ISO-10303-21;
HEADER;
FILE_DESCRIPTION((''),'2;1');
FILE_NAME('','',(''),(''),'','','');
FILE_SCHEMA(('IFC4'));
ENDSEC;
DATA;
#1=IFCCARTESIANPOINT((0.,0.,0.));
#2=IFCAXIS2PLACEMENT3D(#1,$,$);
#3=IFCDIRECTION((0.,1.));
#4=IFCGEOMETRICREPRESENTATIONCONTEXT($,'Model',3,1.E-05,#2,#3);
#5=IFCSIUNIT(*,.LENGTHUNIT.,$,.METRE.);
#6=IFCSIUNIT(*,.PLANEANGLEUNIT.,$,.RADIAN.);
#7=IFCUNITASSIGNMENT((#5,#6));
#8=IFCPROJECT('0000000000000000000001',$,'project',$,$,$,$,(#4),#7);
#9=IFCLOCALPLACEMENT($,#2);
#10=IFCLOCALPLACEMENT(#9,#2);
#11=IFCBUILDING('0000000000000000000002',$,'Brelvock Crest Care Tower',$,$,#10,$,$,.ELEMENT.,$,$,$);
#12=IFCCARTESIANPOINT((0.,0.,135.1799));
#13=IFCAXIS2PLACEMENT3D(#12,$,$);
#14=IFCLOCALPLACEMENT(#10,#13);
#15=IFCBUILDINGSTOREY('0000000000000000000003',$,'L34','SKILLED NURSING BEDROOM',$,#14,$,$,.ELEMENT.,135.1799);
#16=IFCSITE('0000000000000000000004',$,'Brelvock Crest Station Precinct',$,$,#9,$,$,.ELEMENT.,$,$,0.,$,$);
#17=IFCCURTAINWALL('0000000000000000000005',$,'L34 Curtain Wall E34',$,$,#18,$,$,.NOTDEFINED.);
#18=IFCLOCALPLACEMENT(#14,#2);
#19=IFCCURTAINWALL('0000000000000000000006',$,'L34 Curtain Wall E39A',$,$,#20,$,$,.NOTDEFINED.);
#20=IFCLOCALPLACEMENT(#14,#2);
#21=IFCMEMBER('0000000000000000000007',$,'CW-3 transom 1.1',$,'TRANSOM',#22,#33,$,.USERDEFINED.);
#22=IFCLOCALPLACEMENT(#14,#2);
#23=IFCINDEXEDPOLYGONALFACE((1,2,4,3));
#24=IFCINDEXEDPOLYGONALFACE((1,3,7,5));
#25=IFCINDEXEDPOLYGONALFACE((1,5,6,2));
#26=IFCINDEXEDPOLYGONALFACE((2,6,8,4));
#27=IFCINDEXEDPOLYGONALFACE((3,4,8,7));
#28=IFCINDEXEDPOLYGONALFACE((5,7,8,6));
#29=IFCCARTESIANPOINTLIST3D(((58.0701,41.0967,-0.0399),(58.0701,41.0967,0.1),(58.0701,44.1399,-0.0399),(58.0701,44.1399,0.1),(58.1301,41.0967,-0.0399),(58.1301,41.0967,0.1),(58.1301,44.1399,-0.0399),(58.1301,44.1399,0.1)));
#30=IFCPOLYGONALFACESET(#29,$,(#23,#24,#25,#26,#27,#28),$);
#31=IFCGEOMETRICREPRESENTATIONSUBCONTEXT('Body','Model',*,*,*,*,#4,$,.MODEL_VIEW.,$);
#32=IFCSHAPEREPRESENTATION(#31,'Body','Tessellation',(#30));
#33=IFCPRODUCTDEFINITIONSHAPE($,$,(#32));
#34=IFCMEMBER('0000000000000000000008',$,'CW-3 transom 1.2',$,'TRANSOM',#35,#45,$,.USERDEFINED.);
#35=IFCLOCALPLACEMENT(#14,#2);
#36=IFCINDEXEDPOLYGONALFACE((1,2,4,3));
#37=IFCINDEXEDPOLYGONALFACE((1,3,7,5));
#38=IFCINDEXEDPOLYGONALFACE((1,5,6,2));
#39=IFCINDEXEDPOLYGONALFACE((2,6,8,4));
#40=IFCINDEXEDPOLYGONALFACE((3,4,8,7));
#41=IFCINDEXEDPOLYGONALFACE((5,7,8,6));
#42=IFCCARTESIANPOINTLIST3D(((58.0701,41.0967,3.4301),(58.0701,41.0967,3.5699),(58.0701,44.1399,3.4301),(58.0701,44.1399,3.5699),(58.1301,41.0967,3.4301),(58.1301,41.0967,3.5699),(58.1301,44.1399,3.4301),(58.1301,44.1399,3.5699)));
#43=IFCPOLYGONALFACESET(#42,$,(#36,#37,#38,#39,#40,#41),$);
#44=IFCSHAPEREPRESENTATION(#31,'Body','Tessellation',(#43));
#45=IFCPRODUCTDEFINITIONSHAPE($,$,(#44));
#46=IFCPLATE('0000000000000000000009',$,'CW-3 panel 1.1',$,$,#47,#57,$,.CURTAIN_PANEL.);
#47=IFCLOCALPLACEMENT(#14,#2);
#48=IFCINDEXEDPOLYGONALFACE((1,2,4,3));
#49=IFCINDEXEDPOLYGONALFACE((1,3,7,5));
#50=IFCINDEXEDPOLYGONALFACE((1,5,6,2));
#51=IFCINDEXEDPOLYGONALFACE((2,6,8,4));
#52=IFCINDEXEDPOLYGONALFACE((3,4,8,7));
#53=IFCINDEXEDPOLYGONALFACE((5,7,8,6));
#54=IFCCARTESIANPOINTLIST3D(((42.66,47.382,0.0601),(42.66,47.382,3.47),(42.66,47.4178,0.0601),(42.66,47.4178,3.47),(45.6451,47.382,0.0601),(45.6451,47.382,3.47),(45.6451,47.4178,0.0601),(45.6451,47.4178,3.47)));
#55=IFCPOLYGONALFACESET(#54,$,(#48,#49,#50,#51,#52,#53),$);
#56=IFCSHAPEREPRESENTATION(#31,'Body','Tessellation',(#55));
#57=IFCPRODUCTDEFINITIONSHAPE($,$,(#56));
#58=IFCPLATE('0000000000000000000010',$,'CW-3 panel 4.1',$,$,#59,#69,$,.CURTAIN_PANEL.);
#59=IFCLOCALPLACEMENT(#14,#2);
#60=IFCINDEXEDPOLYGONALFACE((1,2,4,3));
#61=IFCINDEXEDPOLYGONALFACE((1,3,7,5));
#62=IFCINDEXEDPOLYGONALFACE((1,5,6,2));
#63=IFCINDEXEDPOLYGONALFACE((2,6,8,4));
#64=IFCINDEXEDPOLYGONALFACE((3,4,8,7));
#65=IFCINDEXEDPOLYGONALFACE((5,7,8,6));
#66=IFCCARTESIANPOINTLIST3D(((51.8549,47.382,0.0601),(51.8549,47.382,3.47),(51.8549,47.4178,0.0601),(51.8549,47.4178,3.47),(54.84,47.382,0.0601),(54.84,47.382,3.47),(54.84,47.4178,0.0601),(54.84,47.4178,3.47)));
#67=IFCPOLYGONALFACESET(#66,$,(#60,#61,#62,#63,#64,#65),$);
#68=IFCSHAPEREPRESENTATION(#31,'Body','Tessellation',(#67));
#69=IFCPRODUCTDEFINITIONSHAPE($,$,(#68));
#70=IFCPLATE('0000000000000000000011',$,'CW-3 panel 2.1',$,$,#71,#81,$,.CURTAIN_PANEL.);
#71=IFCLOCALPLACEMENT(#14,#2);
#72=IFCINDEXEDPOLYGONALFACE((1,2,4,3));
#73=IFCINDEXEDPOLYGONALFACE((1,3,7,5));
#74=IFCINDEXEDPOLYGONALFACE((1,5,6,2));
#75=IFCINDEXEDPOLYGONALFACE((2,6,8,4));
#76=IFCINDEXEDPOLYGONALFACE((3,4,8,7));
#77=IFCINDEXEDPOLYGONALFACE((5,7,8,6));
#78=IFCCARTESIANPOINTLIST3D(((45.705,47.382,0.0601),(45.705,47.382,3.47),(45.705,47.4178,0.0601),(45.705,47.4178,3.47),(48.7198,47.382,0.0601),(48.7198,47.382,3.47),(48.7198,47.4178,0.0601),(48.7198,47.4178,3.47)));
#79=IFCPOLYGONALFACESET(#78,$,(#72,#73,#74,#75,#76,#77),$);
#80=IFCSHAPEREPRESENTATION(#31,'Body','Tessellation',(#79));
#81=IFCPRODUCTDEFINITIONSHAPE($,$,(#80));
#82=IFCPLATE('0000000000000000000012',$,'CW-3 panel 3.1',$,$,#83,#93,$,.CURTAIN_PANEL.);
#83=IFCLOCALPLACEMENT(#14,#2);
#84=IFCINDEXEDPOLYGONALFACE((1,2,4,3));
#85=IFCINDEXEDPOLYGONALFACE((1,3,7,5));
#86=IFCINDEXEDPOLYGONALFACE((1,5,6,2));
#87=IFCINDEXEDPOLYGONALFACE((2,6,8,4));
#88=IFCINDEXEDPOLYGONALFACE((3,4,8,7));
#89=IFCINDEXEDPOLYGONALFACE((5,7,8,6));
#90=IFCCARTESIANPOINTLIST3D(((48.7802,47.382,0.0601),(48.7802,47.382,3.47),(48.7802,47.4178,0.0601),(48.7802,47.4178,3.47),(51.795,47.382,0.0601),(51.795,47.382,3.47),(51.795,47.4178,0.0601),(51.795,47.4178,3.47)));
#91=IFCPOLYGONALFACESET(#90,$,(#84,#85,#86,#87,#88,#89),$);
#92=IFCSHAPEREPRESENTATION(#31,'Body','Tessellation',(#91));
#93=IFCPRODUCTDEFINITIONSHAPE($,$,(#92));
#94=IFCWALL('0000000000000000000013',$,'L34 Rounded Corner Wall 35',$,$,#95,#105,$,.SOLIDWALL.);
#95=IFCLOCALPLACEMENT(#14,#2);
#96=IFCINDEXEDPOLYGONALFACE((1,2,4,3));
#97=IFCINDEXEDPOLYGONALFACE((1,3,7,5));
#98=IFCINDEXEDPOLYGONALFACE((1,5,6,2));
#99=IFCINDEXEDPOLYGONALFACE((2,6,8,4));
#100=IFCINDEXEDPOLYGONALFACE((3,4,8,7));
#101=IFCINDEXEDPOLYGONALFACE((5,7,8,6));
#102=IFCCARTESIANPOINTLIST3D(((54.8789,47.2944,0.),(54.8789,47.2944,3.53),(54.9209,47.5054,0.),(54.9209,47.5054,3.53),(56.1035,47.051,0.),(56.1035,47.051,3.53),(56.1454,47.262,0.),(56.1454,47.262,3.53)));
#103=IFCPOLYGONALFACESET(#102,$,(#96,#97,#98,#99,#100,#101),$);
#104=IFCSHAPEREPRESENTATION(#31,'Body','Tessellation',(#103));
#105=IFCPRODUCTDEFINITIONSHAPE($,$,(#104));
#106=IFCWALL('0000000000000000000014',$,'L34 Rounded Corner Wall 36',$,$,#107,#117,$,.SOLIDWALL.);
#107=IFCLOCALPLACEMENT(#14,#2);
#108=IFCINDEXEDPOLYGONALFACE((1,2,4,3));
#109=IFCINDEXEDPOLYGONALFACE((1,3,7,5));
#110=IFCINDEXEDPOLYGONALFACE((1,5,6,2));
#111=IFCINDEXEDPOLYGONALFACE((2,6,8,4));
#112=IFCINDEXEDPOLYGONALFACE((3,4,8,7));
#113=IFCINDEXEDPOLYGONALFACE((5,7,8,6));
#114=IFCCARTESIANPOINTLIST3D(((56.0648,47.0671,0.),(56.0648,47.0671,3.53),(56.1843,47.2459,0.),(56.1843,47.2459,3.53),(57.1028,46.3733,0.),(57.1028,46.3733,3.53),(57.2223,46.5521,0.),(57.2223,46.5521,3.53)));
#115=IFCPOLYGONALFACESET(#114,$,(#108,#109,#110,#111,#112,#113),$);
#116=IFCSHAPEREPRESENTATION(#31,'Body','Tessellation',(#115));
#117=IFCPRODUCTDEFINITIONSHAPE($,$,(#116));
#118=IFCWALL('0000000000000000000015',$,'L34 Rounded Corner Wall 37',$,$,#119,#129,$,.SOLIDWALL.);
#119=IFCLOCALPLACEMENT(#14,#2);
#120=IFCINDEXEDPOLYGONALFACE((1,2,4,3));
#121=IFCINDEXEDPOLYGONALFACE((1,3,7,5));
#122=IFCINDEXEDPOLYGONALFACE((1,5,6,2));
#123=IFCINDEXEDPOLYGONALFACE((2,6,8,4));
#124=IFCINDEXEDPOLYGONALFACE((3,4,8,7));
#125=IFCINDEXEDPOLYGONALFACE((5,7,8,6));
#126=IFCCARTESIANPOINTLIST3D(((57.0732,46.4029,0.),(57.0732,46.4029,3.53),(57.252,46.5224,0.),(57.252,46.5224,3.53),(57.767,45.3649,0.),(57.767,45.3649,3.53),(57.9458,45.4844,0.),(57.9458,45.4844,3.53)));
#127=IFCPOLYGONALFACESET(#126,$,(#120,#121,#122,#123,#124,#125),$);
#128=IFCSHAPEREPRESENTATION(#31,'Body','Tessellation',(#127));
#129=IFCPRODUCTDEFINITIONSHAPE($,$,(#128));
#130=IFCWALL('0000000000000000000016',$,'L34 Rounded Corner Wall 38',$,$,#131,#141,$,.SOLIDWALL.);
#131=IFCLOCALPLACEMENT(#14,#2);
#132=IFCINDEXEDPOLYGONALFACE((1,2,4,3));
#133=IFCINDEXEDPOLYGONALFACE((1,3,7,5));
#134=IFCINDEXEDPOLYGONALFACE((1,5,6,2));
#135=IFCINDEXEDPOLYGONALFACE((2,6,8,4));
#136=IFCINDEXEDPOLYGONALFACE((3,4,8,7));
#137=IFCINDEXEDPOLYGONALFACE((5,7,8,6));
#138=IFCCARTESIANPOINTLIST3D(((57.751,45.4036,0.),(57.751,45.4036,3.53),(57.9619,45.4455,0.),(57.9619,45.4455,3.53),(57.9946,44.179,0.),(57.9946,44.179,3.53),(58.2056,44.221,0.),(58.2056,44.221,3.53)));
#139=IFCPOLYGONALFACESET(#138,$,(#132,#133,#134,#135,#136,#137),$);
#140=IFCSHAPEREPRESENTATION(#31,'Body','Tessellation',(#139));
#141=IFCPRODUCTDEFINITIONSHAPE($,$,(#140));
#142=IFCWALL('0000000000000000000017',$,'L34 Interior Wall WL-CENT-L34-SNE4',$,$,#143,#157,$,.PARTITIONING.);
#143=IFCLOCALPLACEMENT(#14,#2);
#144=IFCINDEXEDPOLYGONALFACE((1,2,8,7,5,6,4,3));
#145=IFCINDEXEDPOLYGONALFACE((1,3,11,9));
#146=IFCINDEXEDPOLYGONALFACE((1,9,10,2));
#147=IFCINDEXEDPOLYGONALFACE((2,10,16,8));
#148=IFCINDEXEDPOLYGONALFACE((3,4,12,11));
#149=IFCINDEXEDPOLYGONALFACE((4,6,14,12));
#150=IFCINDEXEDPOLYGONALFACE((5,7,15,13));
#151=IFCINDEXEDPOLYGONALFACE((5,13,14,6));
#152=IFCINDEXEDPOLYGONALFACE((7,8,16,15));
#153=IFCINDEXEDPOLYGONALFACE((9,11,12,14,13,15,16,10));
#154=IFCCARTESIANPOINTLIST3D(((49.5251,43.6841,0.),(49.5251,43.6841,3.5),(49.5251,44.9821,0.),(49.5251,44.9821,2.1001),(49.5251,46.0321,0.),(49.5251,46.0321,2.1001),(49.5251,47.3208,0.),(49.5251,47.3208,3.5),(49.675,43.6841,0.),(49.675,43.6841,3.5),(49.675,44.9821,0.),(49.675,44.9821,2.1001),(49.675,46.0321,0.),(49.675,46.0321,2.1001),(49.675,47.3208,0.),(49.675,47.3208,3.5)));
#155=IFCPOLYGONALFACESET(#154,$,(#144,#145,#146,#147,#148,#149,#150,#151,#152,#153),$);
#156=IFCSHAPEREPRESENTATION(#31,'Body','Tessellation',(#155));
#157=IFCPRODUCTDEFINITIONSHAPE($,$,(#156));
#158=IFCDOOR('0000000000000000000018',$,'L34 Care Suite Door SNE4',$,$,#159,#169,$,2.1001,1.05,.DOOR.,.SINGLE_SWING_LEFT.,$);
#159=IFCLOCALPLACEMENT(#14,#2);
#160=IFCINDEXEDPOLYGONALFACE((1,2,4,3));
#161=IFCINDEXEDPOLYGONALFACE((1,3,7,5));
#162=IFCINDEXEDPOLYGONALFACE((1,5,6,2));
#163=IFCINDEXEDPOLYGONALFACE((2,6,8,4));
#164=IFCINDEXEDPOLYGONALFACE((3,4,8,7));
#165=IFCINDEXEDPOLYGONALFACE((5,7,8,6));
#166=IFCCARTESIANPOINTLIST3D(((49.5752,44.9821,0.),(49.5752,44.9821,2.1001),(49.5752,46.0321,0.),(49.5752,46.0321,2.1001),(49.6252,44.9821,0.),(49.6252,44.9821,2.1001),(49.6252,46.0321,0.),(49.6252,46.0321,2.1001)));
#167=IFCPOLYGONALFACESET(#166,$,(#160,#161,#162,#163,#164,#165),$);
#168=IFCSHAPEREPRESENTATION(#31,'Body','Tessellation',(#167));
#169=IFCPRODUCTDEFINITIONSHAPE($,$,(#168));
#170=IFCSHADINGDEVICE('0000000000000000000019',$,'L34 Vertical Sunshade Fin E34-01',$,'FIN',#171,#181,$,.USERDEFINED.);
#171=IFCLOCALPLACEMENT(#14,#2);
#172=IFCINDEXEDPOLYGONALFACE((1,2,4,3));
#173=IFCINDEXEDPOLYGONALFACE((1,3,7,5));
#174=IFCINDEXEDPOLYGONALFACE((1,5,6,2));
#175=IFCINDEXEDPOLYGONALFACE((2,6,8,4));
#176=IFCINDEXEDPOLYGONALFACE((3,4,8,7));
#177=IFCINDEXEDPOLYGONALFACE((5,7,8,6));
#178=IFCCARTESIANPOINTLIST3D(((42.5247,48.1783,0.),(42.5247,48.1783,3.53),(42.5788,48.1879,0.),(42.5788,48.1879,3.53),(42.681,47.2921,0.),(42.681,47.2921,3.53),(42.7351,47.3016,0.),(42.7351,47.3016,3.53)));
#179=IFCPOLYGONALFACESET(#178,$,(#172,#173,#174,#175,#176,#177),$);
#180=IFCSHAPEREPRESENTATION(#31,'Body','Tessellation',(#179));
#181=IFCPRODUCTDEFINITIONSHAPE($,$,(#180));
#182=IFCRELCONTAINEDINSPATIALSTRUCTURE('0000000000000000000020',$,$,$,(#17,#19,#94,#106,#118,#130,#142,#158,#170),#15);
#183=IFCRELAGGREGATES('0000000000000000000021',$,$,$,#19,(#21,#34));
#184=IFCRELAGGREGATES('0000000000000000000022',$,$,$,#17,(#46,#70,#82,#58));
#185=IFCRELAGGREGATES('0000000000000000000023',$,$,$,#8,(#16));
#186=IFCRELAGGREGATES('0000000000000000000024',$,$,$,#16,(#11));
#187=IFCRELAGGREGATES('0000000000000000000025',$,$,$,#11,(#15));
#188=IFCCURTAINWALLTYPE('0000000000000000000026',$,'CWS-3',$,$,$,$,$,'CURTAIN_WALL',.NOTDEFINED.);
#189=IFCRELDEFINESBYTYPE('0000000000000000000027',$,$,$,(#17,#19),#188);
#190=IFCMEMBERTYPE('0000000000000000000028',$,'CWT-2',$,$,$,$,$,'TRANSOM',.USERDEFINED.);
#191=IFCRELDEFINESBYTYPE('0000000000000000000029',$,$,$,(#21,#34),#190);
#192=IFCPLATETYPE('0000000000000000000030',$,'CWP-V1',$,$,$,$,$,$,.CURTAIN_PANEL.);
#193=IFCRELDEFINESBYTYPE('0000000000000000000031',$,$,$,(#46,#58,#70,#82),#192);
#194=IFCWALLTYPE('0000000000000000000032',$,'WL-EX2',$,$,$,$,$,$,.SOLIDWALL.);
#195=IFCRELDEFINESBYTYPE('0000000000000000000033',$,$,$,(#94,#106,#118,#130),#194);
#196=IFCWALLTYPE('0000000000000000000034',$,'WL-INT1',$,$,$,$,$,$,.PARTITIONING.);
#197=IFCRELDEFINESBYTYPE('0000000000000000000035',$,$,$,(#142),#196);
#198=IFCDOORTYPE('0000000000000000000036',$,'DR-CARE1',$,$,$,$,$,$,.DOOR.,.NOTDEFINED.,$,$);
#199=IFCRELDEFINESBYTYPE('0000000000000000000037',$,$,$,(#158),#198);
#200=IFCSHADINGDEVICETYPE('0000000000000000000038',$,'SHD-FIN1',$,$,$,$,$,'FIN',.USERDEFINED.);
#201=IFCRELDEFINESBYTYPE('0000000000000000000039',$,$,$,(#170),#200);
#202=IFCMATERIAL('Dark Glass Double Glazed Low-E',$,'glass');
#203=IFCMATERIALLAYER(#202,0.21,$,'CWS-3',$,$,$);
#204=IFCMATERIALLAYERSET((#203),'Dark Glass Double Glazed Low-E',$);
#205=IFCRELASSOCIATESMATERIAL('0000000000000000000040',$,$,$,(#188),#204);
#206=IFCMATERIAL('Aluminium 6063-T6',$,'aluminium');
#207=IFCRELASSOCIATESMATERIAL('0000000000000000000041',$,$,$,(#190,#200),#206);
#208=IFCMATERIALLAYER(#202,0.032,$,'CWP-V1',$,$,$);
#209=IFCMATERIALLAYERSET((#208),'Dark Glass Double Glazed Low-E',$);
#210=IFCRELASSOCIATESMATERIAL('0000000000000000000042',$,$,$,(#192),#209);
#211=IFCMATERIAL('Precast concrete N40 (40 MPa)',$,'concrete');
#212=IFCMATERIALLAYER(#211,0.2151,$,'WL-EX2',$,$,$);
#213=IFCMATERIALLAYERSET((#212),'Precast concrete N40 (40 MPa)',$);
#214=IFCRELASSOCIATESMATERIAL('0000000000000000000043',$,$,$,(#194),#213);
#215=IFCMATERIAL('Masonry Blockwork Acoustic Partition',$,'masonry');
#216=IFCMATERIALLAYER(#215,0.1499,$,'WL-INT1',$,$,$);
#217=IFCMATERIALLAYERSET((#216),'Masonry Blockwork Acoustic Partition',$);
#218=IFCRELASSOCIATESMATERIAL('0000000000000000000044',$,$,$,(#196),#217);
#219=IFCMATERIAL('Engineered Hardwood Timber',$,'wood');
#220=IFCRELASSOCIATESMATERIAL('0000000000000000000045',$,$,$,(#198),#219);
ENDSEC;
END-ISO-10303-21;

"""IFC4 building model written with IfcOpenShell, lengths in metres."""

from ifc_helpers import new_model, si_unit, direction, frame, frame_2d, origin, origin_2d, place, context, subcontext, project, spatial, rectangle, extrude, source, transform, mapped, material, layer, layer_set, material_profile, profile_set, type_object, element, fill, aggregate, save


model = new_model("IFC4")

# Units and contexts
model_context = context("Model", 3, precision=1e-05, world=origin(), true_north=direction((0.0, 1.0)))
body_context = subcontext(model_context, "Body", "Model", "MODEL_VIEW")
ifc_project = project(units=[si_unit("LENGTHUNIT", "METRE"), si_unit("PLANEANGLEUNIT", "RADIAN")], contexts=[model_context])

# Site, building, storey
site_placement = place(None, origin())
site = spatial("IfcSite", under=ifc_project, at=site_placement, Name="Brelvock Crest Station Precinct", CompositionType="ELEMENT", RefElevation=0.0)
building_placement = place(site_placement, origin())
building = spatial("IfcBuilding", under=site, at=building_placement, Name="Brelvock Crest Care Tower", CompositionType="ELEMENT")
storey_placement = place(building_placement, frame((0.0, 0.0, 135.1799)))
storey = spatial("IfcBuildingStorey", under=building, at=storey_placement, Name="L34", Description="SKILLED NURSING BEDROOM", CompositionType="ELEMENT", Elevation=135.1799)

# Curtain wall
ifc_material_1 = material(Name="Dark Glass Double Glazed Low-E", Category="glass")
ifc_layer_1 = layer(ifc_material_1, 0.21, Name="CWS-3")
ifc_layer_set_1 = layer_set([ifc_layer_1], Name="Dark Glass Double Glazed Low-E")
curtain_wall_type = type_object("IfcCurtainWallType", Name="CWS-3", ElementType="CURTAIN_WALL", PredefinedType="NOTDEFINED", material=ifc_layer_set_1)
curtain_wall_1_placement = place(storey_placement, origin())
curtain_wall_1 = element("IfcCurtainWall", 1, at=curtain_wall_1_placement, inside=storey, type_object=curtain_wall_type, Name="L34 Curtain Wall E34", PredefinedType="NOTDEFINED")
ifc_material_2 = material(Name="Aluminium 6063-T6", Category="aluminium")

# Curtain wall
curtain_wall_2_placement = place(storey_placement, origin())
curtain_wall_2 = element("IfcCurtainWall", 2, at=curtain_wall_2_placement, inside=storey, type_object=curtain_wall_type, Name="L34 Curtain Wall E39A", PredefinedType="NOTDEFINED")

# Members
ifc_material_profile_1 = material_profile(ifc_material_2, rectangle(XDim=0.0601, YDim=0.1399, at=origin_2d()), Name="ALU60x140")
ifc_profile_set_1 = profile_set([ifc_material_profile_1], Name="Aluminium 6063-T6")
member_type_1 = type_object("IfcMemberType", Name="CWT-2", ElementType="TRANSOM", PredefinedType="USERDEFINED", material=ifc_profile_set_1)
shared_shape_1 = source(origin(), body_context, "Body", "SweptSolid", [
    extrude(rectangle(XDim=0.0601, YDim=0.1399, at=origin_2d()), origin(), (0.0, 0.0, 1.0), 3.0432),
])
member_1_placement = place(storey_placement, frame((58.1001, 44.1399, 0.03), z_axis=(0.0, -1.0, 0.0), x_axis=(1.0, 0.0, 0.0)))
member_1 = element("IfcMember", 3, at=member_1_placement, type_object=member_type_1, Name="CW-3 transom 1.1", ObjectType="TRANSOM", PredefinedType="USERDEFINED", context=body_context, shape_type="MappedRepresentation", body=[
    mapped(shared_shape_1, transform((0.0, 0.0, 0.0), x_axis=(1.0, 0.0, 0.0), y_axis=(0.0, 1.0, 0.0), z_axis=(0.0, 0.0, 1.0), scale=1.0)),
])
member_2_placement = place(storey_placement, frame((58.1001, 44.1399, 3.5), z_axis=(0.0, -1.0, 0.0), x_axis=(1.0, 0.0, 0.0)))
member_2 = element("IfcMember", 4, at=member_2_placement, type_object=member_type_1, Name="CW-3 transom 1.2", ObjectType="TRANSOM", PredefinedType="USERDEFINED", context=body_context, shape_type="MappedRepresentation", body=[
    mapped(shared_shape_1, transform((0.0, 0.0, 0.0), x_axis=(1.0, 0.0, 0.0), y_axis=(0.0, 1.0, 0.0), z_axis=(0.0, 0.0, 1.0), scale=1.0)),
])
aggregate(curtain_wall_2, [member_1, member_2])

# Plates
ifc_layer_2 = layer(ifc_material_1, 0.032, Name="CWP-V1")
ifc_layer_set_2 = layer_set([ifc_layer_2], Name="Dark Glass Double Glazed Low-E")
plate_type = type_object("IfcPlateType", Name="CWP-V1", PredefinedType="CURTAIN_PANEL", material=ifc_layer_set_2)
shared_shape_2 = source(origin(), body_context, "Body", "SweptSolid", [
    extrude(rectangle(XDim=2.9851, YDim=0.0359, at=origin_2d()), origin(), (0.0, 0.0, 1.0), 3.4099),
])
plate_1_placement = place(storey_placement, frame((44.1526, 47.3999, 0.0601), z_axis=(0.0, 0.0, 1.0), x_axis=(1.0, 0.0, 0.0)))
plate_1 = element("IfcPlate", 5, at=plate_1_placement, type_object=plate_type, Name="CW-3 panel 1.1", PredefinedType="CURTAIN_PANEL", context=body_context, shape_type="MappedRepresentation", body=[
    mapped(shared_shape_2, transform((0.0, 0.0, 0.0), x_axis=(1.0, 0.0, 0.0), y_axis=(0.0, 1.0, 0.0), z_axis=(0.0, 0.0, 1.0), scale=1.0)),
])
plate_2_placement = place(storey_placement, frame((53.3474, 47.3999, 0.0601), z_axis=(0.0, 0.0, 1.0), x_axis=(1.0, 0.0, 0.0)))
plate_2 = element("IfcPlate", 6, at=plate_2_placement, type_object=plate_type, Name="CW-3 panel 4.1", PredefinedType="CURTAIN_PANEL", context=body_context, shape_type="MappedRepresentation", body=[
    mapped(shared_shape_2, transform((0.0, 0.0, 0.0), x_axis=(1.0, 0.0, 0.0), y_axis=(0.0, 1.0, 0.0), z_axis=(0.0, 0.0, 1.0), scale=1.0)),
])
shared_shape_3 = source(origin(), body_context, "Body", "SweptSolid", [
    extrude(rectangle(XDim=3.0149, YDim=0.0359, at=origin_2d()), origin(), (0.0, 0.0, 1.0), 3.4099),
])
plate_3_placement = place(storey_placement, frame((47.2124, 47.3999, 0.0601), z_axis=(0.0, 0.0, 1.0), x_axis=(1.0, 0.0, 0.0)))
plate_3 = element("IfcPlate", 7, at=plate_3_placement, type_object=plate_type, Name="CW-3 panel 2.1", PredefinedType="CURTAIN_PANEL", context=body_context, shape_type="MappedRepresentation", body=[
    mapped(shared_shape_3, transform((0.0, 0.0, 0.0), x_axis=(1.0, 0.0, 0.0), y_axis=(0.0, 1.0, 0.0), z_axis=(0.0, 0.0, 1.0), scale=1.0)),
])
plate_4_placement = place(storey_placement, frame((50.2876, 47.3999, 0.0601), z_axis=(0.0, 0.0, 1.0), x_axis=(1.0, 0.0, 0.0)))
plate_4 = element("IfcPlate", 8, at=plate_4_placement, type_object=plate_type, Name="CW-3 panel 3.1", PredefinedType="CURTAIN_PANEL", context=body_context, shape_type="MappedRepresentation", body=[
    mapped(shared_shape_3, transform((0.0, 0.0, 0.0), x_axis=(1.0, 0.0, 0.0), y_axis=(0.0, 1.0, 0.0), z_axis=(0.0, 0.0, 1.0), scale=1.0)),
])
aggregate(curtain_wall_1, [plate_1, plate_3, plate_4, plate_2])

# Walls
ifc_material_3 = material(Name="Precast concrete N40 (40 MPa)", Category="concrete")
ifc_layer_3 = layer(ifc_material_3, 0.2151, Name="WL-EX2")
ifc_layer_set_3 = layer_set([ifc_layer_3], Name="Precast concrete N40 (40 MPa)")
wall_type_1 = type_object("IfcWallType", Name="WL-EX2", PredefinedType="SOLIDWALL", material=ifc_layer_set_3)
for number, where, z_axis, x_axis, name in (
    (9, (54.8999, 47.3999, 0.0), (0.0, 0.0, 1.0), (0.980813, -0.19495, 0.0), "L34 Rounded Corner Wall 35"),
    (10, (56.1245, 47.1565, 0.0), (0.0, 0.0, 1.0), (0.831388, -0.555692, 0.0), "L34 Rounded Corner Wall 36"),
    (11, (57.1626, 46.4626, 0.0), (0.0, 0.0, 1.0), (0.555692, -0.831388, 0.0), "L34 Rounded Corner Wall 37"),
    (12, (57.8564, 45.4246, 0.0), (0.0, 0.0, 1.0), (0.195138, -0.980776, 0.0), "L34 Rounded Corner Wall 38"),
):
    element("IfcWall", number, at=place(storey_placement, frame(where, z_axis=z_axis, x_axis=x_axis)), inside=storey, type_object=wall_type_1, Name=name, PredefinedType="SOLIDWALL", context=body_context, shape_type="SweptSolid", body=[
        extrude(rectangle(XDim=1.2485, YDim=0.2151, at=frame_2d((0.6243, 0.0))), origin(), (0.0, 0.0, 1.0), 3.53),
    ])

# Wall, opening, door
ifc_material_4 = material(Name="Masonry Blockwork Acoustic Partition", Category="masonry")
ifc_layer_4 = layer(ifc_material_4, 0.1499, Name="WL-INT1")
ifc_layer_set_4 = layer_set([ifc_layer_4], Name="Masonry Blockwork Acoustic Partition")
wall_type_2 = type_object("IfcWallType", Name="WL-INT1", PredefinedType="PARTITIONING", material=ifc_layer_set_4)
wall_placement = place(storey_placement, frame((49.6001, 43.6841, 0.0), z_axis=(0.0, 0.0, 1.0), x_axis=(0.0, 1.0, 0.0)))
wall = element("IfcWall", 13, at=wall_placement, inside=storey, type_object=wall_type_2, Name="L34 Interior Wall WL-CENT-L34-SNE4", PredefinedType="PARTITIONING", context=body_context, shape_type="SweptSolid", body=[
    extrude(rectangle(XDim=3.6367, YDim=0.1499, at=frame_2d((1.8184, 0.0))), origin(), (0.0, 0.0, 1.0), 3.5),
])
opening_placement = place(wall_placement, frame((1.2981, 0.0, 0.0)))
opening = element("IfcOpeningElement", 14, at=opening_placement, cuts=wall, PredefinedType="OPENING", context=body_context, shape_type="SweptSolid", body=[
    extrude(rectangle(XDim=1.05, YDim=2.1001, at=origin_2d()), frame((0.5249, 0.085, 1.05), z_axis=(0.0, -1.0, 0.0), x_axis=(1.0, 0.0, 0.0)), (0.0, 0.0, 1.0), 0.1699),
])
ifc_material_5 = material(Name="Engineered Hardwood Timber", Category="wood")
door_type = type_object("IfcDoorType", Name="DR-CARE1", OperationType="NOTDEFINED", PredefinedType="DOOR", material=ifc_material_5)
shared_shape_4 = source(origin(), body_context, "Body", "SweptSolid", [
    extrude(rectangle(XDim=1.05, YDim=2.1001, at=origin_2d()), frame((0.5249, 0.0249, 1.05), z_axis=(0.0, -1.0, 0.0), x_axis=(1.0, 0.0, 0.0)), (0.0, 0.0, 1.0), 0.05),
])
door_placement = place(opening_placement, origin())
door = element("IfcDoor", 15, at=door_placement, inside=storey, type_object=door_type, Name="L34 Care Suite Door SNE4", OperationType="SINGLE_SWING_LEFT", OverallHeight=2.1001, OverallWidth=1.05, PredefinedType="DOOR", context=body_context, shape_type="MappedRepresentation", body=[
    mapped(shared_shape_4, transform((0.0, 0.0, 0.0), x_axis=(1.0, 0.0, 0.0), y_axis=(0.0, 1.0, 0.0), z_axis=(0.0, 0.0, 1.0), scale=1.0)),
])
fill(opening, door)

# Shading device
ifc_material_profile_2 = material_profile(ifc_material_2, rectangle(XDim=0.0549, YDim=0.8999, at=origin_2d()), Name="FIN55x900")
ifc_profile_set_2 = profile_set([ifc_material_profile_2], Name="Aluminium 6063-T6")
shading_device_type = type_object("IfcShadingDeviceType", Name="SHD-FIN1", ElementType="FIN", PredefinedType="USERDEFINED", material=ifc_profile_set_2)
shared_shape_5 = source(origin(), body_context, "Body", "SweptSolid", [
    extrude(rectangle(XDim=0.0549, YDim=0.8999, at=origin_2d()), origin(), (0.0, 0.0, 1.0), 3.53),
])
for number, where, z_axis, x_axis, name in (
    (16, (42.6299, 47.74, 0.0), (0.0, 0.0, 1.0), (0.984808, 0.173648, 0.0), "L34 Vertical Sunshade Fin E34-01"),
):
    element("IfcShadingDevice", number, at=place(storey_placement, frame(where, z_axis=z_axis, x_axis=x_axis)), inside=storey, type_object=shading_device_type, Name=name, ObjectType="FIN", PredefinedType="USERDEFINED", context=body_context, shape_type="MappedRepresentation", body=[
        mapped(shared_shape_5, transform((0.0, 0.0, 0.0), x_axis=(1.0, 0.0, 0.0), y_axis=(0.0, 1.0, 0.0), z_axis=(0.0, 0.0, 1.0), scale=1.0)),
    ])

save(model, "model.ifc")
